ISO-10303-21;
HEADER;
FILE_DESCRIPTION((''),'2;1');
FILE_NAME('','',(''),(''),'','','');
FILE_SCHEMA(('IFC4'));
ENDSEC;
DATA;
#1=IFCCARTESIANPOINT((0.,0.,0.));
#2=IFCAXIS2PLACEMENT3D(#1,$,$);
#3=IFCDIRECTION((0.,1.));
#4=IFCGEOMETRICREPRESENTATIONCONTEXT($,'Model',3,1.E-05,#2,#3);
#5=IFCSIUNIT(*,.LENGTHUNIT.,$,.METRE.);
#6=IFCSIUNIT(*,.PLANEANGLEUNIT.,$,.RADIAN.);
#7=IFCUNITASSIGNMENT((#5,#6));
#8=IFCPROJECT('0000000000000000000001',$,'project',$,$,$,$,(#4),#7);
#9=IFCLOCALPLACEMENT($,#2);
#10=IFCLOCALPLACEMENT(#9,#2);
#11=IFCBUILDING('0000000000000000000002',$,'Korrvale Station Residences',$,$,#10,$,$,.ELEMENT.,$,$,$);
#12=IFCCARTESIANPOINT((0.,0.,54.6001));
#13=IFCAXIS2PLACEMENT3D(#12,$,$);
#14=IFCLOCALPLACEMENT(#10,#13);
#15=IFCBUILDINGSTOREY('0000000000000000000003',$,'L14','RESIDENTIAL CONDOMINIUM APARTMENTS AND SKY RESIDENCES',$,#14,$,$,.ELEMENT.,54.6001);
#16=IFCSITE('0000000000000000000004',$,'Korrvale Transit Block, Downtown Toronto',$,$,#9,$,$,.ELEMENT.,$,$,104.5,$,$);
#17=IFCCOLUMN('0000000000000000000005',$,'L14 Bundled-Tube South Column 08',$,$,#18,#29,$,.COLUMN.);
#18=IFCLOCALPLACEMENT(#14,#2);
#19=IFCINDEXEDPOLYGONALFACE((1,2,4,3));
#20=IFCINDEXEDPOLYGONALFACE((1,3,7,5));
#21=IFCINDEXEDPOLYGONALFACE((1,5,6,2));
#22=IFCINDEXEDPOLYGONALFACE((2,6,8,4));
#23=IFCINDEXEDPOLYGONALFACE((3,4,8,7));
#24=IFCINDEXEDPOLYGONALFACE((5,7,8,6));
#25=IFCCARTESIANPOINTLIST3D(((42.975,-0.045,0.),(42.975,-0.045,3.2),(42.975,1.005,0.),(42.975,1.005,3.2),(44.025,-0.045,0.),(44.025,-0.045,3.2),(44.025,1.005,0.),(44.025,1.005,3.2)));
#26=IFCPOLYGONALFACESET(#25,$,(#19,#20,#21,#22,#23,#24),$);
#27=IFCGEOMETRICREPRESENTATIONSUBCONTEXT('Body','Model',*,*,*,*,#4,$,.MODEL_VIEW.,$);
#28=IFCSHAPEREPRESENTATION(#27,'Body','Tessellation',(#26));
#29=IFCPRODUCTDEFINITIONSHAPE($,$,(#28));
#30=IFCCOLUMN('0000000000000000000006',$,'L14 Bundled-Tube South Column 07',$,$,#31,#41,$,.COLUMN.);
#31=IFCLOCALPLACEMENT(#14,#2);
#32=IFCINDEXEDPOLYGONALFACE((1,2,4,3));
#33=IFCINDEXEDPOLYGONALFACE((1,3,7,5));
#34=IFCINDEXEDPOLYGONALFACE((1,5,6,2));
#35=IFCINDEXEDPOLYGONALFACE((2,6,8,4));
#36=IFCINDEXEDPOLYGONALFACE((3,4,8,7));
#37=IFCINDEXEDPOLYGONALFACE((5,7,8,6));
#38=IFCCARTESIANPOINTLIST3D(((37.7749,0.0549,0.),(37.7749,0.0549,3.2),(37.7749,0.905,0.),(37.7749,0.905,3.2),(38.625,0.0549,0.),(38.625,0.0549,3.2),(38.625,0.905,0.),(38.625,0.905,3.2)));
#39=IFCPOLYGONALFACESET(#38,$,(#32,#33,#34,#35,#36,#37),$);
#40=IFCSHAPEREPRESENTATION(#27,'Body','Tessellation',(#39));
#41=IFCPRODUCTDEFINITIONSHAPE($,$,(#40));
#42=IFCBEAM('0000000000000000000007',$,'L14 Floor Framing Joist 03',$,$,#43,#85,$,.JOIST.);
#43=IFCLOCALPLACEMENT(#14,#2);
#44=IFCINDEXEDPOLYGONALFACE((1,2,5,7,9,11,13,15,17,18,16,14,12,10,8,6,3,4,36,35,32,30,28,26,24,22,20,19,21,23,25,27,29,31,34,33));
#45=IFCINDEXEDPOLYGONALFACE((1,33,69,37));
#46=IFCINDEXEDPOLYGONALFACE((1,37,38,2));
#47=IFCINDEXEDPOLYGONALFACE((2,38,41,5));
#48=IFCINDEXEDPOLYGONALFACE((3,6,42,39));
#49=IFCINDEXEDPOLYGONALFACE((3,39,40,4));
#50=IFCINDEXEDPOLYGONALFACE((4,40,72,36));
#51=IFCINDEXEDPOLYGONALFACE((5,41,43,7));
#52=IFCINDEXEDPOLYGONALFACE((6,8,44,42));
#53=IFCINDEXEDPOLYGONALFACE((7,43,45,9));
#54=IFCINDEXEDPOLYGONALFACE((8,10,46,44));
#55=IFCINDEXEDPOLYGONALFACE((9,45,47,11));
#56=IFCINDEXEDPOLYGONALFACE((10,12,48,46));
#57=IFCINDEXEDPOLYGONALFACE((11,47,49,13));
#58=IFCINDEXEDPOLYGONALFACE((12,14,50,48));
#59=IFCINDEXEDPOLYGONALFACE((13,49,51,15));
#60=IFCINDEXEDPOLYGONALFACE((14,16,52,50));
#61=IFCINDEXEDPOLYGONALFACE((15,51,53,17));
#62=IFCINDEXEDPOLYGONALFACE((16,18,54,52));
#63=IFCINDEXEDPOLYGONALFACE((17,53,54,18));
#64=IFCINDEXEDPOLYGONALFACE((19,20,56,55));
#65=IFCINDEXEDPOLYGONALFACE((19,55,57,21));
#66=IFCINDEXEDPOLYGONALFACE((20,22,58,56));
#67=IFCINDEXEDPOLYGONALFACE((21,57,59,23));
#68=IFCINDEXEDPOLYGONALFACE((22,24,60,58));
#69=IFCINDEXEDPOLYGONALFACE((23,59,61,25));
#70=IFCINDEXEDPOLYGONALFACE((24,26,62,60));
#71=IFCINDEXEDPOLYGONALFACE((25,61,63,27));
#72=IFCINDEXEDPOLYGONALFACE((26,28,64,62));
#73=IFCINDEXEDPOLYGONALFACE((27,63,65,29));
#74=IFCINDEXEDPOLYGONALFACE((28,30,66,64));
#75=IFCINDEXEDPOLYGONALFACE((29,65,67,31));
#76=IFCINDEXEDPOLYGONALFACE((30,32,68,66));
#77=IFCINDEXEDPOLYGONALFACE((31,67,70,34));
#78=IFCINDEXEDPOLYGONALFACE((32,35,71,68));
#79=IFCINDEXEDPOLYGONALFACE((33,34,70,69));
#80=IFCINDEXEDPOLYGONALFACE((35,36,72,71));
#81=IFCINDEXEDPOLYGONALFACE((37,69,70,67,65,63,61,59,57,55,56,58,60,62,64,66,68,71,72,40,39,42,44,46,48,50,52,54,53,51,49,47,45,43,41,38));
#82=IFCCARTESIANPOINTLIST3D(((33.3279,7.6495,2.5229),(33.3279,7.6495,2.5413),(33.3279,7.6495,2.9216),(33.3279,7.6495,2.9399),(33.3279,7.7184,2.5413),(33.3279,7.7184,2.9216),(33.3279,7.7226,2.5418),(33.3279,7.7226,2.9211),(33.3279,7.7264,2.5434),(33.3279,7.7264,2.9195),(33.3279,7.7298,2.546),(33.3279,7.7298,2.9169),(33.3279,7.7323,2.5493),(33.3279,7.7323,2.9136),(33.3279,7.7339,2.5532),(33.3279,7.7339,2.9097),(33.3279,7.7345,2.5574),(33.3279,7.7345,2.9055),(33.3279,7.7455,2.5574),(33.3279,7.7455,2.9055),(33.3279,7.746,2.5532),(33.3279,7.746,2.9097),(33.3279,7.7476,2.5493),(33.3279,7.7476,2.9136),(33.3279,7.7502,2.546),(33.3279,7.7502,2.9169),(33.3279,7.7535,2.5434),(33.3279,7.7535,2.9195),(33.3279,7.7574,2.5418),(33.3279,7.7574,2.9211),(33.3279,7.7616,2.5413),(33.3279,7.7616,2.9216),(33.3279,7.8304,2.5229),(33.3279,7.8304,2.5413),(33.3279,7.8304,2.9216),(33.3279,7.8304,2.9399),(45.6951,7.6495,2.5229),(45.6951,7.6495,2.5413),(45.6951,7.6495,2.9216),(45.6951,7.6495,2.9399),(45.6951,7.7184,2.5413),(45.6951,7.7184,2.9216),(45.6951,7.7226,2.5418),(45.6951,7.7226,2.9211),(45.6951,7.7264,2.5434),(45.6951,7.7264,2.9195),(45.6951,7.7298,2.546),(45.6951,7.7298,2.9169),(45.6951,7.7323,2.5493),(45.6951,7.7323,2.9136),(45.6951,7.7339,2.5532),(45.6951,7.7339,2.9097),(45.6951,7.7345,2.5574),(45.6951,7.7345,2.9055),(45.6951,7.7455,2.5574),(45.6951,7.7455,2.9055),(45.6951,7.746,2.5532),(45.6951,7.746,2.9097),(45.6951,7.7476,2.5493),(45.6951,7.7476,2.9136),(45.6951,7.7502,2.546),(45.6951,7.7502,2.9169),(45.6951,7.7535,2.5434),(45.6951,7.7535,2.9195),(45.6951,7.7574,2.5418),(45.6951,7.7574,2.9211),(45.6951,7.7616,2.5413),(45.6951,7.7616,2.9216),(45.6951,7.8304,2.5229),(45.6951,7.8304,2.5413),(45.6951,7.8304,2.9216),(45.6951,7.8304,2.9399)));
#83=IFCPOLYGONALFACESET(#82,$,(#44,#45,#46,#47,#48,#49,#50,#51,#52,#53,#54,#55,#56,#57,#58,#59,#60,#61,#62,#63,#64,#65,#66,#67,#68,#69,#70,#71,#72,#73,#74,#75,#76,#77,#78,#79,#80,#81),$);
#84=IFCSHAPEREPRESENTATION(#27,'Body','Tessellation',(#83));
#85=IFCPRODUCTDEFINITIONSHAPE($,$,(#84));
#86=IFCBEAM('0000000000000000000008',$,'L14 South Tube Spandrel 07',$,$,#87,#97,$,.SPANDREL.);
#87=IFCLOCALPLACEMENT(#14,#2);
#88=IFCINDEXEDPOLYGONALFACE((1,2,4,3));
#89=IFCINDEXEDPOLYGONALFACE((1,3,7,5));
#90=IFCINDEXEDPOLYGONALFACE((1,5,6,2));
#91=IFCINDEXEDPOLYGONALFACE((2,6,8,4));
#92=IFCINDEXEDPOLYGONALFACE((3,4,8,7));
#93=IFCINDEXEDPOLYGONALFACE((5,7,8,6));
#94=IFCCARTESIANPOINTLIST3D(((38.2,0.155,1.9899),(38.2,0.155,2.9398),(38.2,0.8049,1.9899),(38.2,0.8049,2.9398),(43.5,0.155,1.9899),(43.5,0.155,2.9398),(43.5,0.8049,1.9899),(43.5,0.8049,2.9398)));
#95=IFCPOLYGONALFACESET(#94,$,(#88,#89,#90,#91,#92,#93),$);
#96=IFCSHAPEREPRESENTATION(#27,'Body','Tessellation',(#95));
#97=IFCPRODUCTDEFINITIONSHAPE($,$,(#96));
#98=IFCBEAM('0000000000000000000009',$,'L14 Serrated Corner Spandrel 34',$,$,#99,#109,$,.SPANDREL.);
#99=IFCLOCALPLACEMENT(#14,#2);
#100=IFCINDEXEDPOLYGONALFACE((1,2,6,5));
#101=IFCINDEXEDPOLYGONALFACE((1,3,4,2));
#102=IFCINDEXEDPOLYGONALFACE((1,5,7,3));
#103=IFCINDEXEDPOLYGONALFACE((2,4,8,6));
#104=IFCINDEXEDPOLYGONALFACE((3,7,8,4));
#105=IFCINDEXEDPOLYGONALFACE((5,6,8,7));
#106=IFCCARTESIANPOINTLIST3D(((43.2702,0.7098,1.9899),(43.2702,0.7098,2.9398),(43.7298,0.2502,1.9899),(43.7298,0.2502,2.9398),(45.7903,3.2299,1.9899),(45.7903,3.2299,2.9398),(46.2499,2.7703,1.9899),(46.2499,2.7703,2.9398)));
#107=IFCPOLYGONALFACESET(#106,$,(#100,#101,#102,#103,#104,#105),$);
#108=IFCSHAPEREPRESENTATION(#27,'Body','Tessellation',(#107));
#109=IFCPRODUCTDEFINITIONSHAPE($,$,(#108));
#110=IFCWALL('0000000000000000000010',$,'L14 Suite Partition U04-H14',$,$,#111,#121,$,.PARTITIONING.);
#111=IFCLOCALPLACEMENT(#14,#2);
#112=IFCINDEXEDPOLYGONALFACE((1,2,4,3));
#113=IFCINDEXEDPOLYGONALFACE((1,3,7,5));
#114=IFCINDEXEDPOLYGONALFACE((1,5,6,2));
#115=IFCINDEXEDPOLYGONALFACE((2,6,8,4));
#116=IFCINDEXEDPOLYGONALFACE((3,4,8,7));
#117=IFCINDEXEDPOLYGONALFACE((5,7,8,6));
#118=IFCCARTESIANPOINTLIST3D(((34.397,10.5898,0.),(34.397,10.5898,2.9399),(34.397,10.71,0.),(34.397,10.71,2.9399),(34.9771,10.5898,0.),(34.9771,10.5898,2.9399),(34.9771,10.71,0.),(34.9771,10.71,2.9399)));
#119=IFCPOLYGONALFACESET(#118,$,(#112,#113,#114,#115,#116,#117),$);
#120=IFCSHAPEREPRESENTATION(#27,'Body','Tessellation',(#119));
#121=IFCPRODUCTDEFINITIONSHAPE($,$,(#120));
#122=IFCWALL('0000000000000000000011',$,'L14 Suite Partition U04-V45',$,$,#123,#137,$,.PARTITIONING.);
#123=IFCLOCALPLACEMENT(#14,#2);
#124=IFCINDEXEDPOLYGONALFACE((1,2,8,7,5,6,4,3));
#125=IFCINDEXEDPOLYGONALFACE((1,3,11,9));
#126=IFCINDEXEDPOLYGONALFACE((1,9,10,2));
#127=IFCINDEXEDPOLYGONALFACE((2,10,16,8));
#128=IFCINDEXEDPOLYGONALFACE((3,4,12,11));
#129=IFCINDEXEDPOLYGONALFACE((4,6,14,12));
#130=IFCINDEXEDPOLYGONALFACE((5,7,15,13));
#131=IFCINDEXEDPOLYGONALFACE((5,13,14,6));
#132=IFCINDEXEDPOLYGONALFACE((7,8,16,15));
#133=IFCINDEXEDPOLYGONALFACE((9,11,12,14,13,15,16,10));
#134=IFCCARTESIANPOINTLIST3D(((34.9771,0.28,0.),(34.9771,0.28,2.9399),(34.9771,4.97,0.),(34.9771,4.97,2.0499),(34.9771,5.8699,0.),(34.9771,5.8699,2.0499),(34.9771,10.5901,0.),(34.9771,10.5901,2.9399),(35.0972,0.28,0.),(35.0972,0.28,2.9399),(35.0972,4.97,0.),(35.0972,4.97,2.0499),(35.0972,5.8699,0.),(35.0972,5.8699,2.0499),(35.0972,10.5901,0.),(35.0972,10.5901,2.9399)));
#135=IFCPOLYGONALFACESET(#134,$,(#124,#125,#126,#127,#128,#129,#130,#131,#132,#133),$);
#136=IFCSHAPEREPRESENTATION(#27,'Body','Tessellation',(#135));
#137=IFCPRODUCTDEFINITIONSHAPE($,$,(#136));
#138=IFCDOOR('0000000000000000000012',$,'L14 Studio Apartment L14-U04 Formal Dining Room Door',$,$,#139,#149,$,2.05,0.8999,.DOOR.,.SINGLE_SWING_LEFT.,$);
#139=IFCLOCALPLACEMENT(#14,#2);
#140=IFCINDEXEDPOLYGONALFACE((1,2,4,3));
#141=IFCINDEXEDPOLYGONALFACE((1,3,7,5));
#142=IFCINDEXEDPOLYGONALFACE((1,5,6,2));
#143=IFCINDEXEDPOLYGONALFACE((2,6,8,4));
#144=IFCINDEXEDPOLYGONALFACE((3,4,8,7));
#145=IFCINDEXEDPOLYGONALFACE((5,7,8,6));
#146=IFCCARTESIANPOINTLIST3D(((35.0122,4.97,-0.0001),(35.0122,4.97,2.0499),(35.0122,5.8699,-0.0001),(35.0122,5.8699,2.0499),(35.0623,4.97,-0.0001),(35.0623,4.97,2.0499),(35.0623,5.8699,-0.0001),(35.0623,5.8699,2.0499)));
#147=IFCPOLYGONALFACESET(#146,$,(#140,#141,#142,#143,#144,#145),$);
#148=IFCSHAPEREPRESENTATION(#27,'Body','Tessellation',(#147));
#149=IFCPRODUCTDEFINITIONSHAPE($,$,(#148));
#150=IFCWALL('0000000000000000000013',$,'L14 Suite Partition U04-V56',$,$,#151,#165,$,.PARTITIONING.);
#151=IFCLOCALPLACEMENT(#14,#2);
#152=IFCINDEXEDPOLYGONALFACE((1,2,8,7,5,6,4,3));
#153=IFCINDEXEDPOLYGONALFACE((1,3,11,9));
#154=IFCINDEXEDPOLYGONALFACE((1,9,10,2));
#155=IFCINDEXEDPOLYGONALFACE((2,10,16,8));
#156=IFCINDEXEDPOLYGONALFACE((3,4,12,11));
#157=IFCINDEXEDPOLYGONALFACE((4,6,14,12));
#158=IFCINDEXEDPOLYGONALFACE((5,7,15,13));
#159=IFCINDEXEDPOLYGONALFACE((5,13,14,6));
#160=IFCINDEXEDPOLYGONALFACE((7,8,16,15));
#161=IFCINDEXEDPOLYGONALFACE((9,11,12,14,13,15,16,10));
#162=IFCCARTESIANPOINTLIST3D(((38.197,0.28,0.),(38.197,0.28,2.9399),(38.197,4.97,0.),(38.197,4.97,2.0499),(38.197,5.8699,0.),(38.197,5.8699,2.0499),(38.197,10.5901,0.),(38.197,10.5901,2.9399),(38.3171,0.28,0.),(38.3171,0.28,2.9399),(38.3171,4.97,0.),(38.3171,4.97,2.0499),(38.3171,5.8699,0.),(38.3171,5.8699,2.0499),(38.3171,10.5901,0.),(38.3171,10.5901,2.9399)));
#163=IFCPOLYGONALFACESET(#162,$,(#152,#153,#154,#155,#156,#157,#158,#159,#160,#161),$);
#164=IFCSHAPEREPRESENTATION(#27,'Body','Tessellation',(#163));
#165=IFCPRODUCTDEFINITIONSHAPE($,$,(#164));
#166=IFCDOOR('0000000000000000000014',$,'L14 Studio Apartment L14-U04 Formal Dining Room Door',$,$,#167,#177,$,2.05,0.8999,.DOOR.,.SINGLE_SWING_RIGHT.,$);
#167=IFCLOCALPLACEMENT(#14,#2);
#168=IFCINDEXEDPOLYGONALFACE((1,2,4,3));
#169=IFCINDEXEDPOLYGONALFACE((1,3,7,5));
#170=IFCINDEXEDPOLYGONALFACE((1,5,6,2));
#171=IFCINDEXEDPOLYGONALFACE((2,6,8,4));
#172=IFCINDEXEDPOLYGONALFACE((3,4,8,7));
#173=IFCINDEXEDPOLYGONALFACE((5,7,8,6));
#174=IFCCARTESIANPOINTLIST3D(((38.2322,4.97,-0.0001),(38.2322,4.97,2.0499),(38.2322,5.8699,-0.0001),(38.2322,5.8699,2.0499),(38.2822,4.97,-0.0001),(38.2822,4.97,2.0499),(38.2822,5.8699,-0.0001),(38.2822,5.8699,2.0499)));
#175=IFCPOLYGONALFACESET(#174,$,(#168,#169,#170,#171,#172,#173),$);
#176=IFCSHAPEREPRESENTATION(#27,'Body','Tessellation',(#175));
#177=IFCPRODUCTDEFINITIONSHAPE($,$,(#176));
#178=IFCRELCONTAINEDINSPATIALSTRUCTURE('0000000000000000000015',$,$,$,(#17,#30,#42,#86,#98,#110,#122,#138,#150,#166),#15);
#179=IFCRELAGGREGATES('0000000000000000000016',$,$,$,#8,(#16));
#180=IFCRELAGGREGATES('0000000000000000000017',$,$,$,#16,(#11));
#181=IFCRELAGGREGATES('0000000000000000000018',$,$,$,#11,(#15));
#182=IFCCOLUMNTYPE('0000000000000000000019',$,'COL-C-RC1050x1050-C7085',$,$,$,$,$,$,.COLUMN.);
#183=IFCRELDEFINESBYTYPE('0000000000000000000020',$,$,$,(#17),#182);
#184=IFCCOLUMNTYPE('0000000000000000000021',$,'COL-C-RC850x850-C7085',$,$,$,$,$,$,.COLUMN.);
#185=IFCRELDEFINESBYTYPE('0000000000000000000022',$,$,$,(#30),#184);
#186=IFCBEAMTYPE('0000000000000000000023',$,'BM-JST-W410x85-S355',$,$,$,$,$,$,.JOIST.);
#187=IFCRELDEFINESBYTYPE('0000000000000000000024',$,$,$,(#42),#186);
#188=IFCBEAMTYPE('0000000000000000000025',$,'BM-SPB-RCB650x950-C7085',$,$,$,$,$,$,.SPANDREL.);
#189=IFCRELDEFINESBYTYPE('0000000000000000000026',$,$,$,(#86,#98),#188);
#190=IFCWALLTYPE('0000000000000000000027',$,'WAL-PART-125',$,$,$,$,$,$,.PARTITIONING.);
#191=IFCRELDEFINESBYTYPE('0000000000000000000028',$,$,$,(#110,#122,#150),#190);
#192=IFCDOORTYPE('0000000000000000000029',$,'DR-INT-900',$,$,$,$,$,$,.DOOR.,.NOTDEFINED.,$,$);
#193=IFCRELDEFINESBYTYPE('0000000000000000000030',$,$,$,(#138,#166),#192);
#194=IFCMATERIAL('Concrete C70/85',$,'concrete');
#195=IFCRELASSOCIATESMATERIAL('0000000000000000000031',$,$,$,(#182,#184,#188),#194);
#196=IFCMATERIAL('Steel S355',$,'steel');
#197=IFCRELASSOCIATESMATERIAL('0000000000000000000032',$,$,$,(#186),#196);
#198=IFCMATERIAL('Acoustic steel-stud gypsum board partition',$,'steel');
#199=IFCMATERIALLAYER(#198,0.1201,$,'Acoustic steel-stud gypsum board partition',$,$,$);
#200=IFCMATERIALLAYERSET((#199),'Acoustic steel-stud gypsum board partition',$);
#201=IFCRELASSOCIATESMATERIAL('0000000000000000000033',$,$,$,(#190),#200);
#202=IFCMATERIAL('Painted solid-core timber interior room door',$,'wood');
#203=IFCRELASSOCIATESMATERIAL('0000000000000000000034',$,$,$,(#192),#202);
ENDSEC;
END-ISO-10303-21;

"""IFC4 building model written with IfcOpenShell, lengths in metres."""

from ifc_helpers import new_model, si_unit, direction, frame, frame_2d, origin, origin_2d, place, context, subcontext, project, spatial, rectangle, i_section, extrude, material, layer, layer_set, material_profile, profile_set, type_object, element, fill, save


model = new_model("IFC4")

# Units and contexts
model_context = context("Model", 3, precision=1e-05, world=origin(), true_north=direction((0.0, 1.0)))
body_context = subcontext(model_context, "Body", "Model", "MODEL_VIEW")
ifc_project = project(units=[si_unit("LENGTHUNIT", "METRE"), si_unit("PLANEANGLEUNIT", "RADIAN")], contexts=[model_context])

# Site, building, storey
site_placement = place(None, origin())
site = spatial("IfcSite", under=ifc_project, at=site_placement, Name="Korrvale Transit Block, Downtown Toronto", CompositionType="ELEMENT", RefElevation=104.5)
building_placement = place(site_placement, origin())
building = spatial("IfcBuilding", under=site, at=building_placement, Name="Korrvale Station Residences", CompositionType="ELEMENT")
storey_placement = place(building_placement, frame((0.0, 0.0, 54.6001)))
storey = spatial("IfcBuildingStorey", under=building, at=storey_placement, Name="L14", Description="RESIDENTIAL CONDOMINIUM APARTMENTS AND SKY RESIDENCES", CompositionType="ELEMENT", Elevation=54.6001)

# Columns
ifc_material_1 = material(Name="Concrete C70/85", Category="concrete")
ifc_material_profile_1 = material_profile(ifc_material_1, rectangle(XDim=1.05, YDim=1.05, at=origin_2d()), Name="RC1050x1050")
ifc_profile_set_1 = profile_set([ifc_material_profile_1], Name="Concrete C70/85")
column_type_1 = type_object("IfcColumnType", Name="COL-C-RC1050x1050-C7085", PredefinedType="COLUMN", material=ifc_profile_set_1)
column_1_placement = place(storey_placement, frame((43.5, 0.48, 0.0), z_axis=(0.0, 0.0, 1.0), x_axis=(1.0, 0.0, 0.0)))
element("IfcColumn", 1, at=column_1_placement, inside=storey, type_object=column_type_1, Name="L14 Bundled-Tube South Column 08", PredefinedType="COLUMN", context=body_context, shape_type="SweptSolid", body=[
    extrude(rectangle(XDim=1.05, YDim=1.05, at=origin_2d()), origin(), (0.0, 0.0, 1.0), 3.2),
])
ifc_material_profile_2 = material_profile(ifc_material_1, rectangle(XDim=0.8501, YDim=0.8501, at=origin_2d()), Name="RC850x850")
ifc_profile_set_2 = profile_set([ifc_material_profile_2], Name="Concrete C70/85")
column_type_2 = type_object("IfcColumnType", Name="COL-C-RC850x850-C7085", PredefinedType="COLUMN", material=ifc_profile_set_2)
column_2_placement = place(storey_placement, frame((38.2, 0.48, 0.0), z_axis=(0.0, 0.0, 1.0), x_axis=(1.0, 0.0, 0.0)))
element("IfcColumn", 2, at=column_2_placement, inside=storey, type_object=column_type_2, Name="L14 Bundled-Tube South Column 07", PredefinedType="COLUMN", context=body_context, shape_type="SweptSolid", body=[
    extrude(rectangle(XDim=0.8501, YDim=0.8501, at=origin_2d()), origin(), (0.0, 0.0, 1.0), 3.2),
])

# Beams
ifc_material_2 = material(Name="Steel S355", Category="steel")
ifc_material_profile_3 = material_profile(ifc_material_2, i_section(OverallWidth=0.1809, OverallDepth=0.417, WebThickness=0.011, FlangeThickness=0.0183, FilletRadius=0.0161, at=origin_2d()), Name="W410x85")
ifc_profile_set_3 = profile_set([ifc_material_profile_3], Name="Steel S355")
beam_type_1 = type_object("IfcBeamType", Name="BM-JST-W410x85-S355", PredefinedType="JOIST", material=ifc_profile_set_3)
beam_1_placement = place(storey_placement, frame((33.3279, 7.74, 2.7314), z_axis=(1.0, 0.0, 0.0), x_axis=(0.0, 1.0, 0.0)))
element("IfcBeam", 3, at=beam_1_placement, inside=storey, type_object=beam_type_1, Name="L14 Floor Framing Joist 03", PredefinedType="JOIST", context=body_context, shape_type="SweptSolid", body=[
    extrude(i_section(OverallWidth=0.1809, OverallDepth=0.417, WebThickness=0.011, FlangeThickness=0.0183, FilletRadius=0.0161, at=origin_2d()), origin(), (0.0, 0.0, 1.0), 12.3672),
])
ifc_material_profile_4 = material_profile(ifc_material_1, rectangle(XDim=0.6499, YDim=0.95, at=origin_2d()), Name="RCB650x950")
ifc_profile_set_4 = profile_set([ifc_material_profile_4], Name="Concrete C70/85")
beam_type_2 = type_object("IfcBeamType", Name="BM-SPB-RCB650x950-C7085", PredefinedType="SPANDREL", material=ifc_profile_set_4)
beam_2_placement = place(storey_placement, frame((38.2, 0.48, 2.4648), z_axis=(1.0, 0.0, 0.0), x_axis=(0.0, 1.0, 0.0)))
element("IfcBeam", 4, at=beam_2_placement, inside=storey, type_object=beam_type_2, Name="L14 South Tube Spandrel 07", PredefinedType="SPANDREL", context=body_context, shape_type="SweptSolid", body=[
    extrude(rectangle(XDim=0.6499, YDim=0.95, at=origin_2d()), origin(), (0.0, 0.0, 1.0), 5.3),
])
beam_3_placement = place(storey_placement, frame((43.5, 0.48, 2.4648), z_axis=(0.707107, 0.707107, 0.0), x_axis=(-0.707107, 0.707107, 0.0)))
element("IfcBeam", 5, at=beam_3_placement, inside=storey, type_object=beam_type_2, Name="L14 Serrated Corner Spandrel 34", PredefinedType="SPANDREL", context=body_context, shape_type="SweptSolid", body=[
    extrude(rectangle(XDim=0.6499, YDim=0.95, at=origin_2d()), origin(), (0.0, 0.0, 1.0), 3.564),
])

# Wall
ifc_material_3 = material(Name="Acoustic steel-stud gypsum board partition", Category="steel")
ifc_layer_1 = layer(ifc_material_3, 0.1201, Name="Acoustic steel-stud gypsum board partition")
ifc_layer_set_1 = layer_set([ifc_layer_1], Name="Acoustic steel-stud gypsum board partition")
wall_type = type_object("IfcWallType", Name="WAL-PART-125", PredefinedType="PARTITIONING", material=ifc_layer_set_1)
wall_1_placement = place(storey_placement, frame((34.397, 10.6499, 0.0), z_axis=(0.0, 0.0, 1.0), x_axis=(1.0, 0.0, 0.0)))
element("IfcWall", 6, at=wall_1_placement, inside=storey, type_object=wall_type, Name="L14 Suite Partition U04-H14", PredefinedType="PARTITIONING", context=body_context, shape_type="SweptSolid", body=[
    extrude(rectangle(XDim=0.5801, YDim=0.1201, at=frame_2d((0.29, 0.0))), origin(), (0.0, 0.0, 1.0), 2.9399),
])

# Walls, openings, doors
wall_2_placement = place(storey_placement, frame((35.0371, 0.28, 0.0), z_axis=(0.0, 0.0, 1.0), x_axis=(0.0, 1.0, 0.0)))
wall_2 = element("IfcWall", 7, at=wall_2_placement, inside=storey, type_object=wall_type, Name="L14 Suite Partition U04-V45", PredefinedType="PARTITIONING", context=body_context, shape_type="SweptSolid", body=[
    extrude(rectangle(XDim=10.3101, YDim=0.1201, at=frame_2d((5.155, 0.0))), origin(), (0.0, 0.0, 1.0), 2.9399),
])
opening_1_placement = place(wall_2_placement, frame((4.6899, 0.0, 0.0)))
opening_1 = element("IfcOpeningElement", 8, at=opening_1_placement, cuts=wall_2, PredefinedType="OPENING", context=body_context, shape_type="SweptSolid", body=[
    extrude(rectangle(XDim=0.8999, YDim=2.05, at=frame_2d((0.45, 1.0249))), frame((0.0, 0.0701, 0.0), z_axis=(0.0, -1.0, 0.0), x_axis=(1.0, 0.0, 0.0)), (0.0, 0.0, 1.0), 0.1401),
])
ifc_material_4 = material(Name="Painted solid-core timber interior room door", Category="wood")
door_type = type_object("IfcDoorType", Name="DR-INT-900", OperationType="NOTDEFINED", PredefinedType="DOOR", material=ifc_material_4)
door_1_placement = place(opening_1_placement, origin())
door_1 = element("IfcDoor", 9, at=door_1_placement, inside=storey, type_object=door_type, Name="L14 Studio Apartment L14-U04 Formal Dining Room Door", OperationType="SINGLE_SWING_LEFT", OverallHeight=2.05, OverallWidth=0.8999, PredefinedType="DOOR", context=body_context, shape_type="SweptSolid", body=[
    extrude(rectangle(XDim=0.8999, YDim=2.05, at=frame_2d((0.45, 1.0249))), frame((0.0, 0.0249, 0.0), z_axis=(0.0, -1.0, 0.0), x_axis=(1.0, 0.0, 0.0)), (0.0, 0.0, 1.0), 0.05),
])
fill(opening_1, door_1)
wall_3_placement = place(storey_placement, frame((38.2571, 0.28, 0.0), z_axis=(0.0, 0.0, 1.0), x_axis=(0.0, 1.0, 0.0)))
wall_3 = element("IfcWall", 10, at=wall_3_placement, inside=storey, type_object=wall_type, Name="L14 Suite Partition U04-V56", PredefinedType="PARTITIONING", context=body_context, shape_type="SweptSolid", body=[
    extrude(rectangle(XDim=10.3101, YDim=0.1201, at=frame_2d((5.155, 0.0))), origin(), (0.0, 0.0, 1.0), 2.9399),
])
opening_2_placement = place(wall_3_placement, frame((4.6899, 0.0, 0.0)))
opening_2 = element("IfcOpeningElement", 11, at=opening_2_placement, cuts=wall_3, PredefinedType="OPENING", context=body_context, shape_type="SweptSolid", body=[
    extrude(rectangle(XDim=0.8999, YDim=2.05, at=frame_2d((0.45, 1.0249))), frame((0.0, 0.0701, 0.0), z_axis=(0.0, -1.0, 0.0), x_axis=(1.0, 0.0, 0.0)), (0.0, 0.0, 1.0), 0.1401),
])
door_2_placement = place(opening_2_placement, origin())
door_2 = element("IfcDoor", 12, at=door_2_placement, inside=storey, type_object=door_type, Name="L14 Studio Apartment L14-U04 Formal Dining Room Door", OperationType="SINGLE_SWING_RIGHT", OverallHeight=2.05, OverallWidth=0.8999, PredefinedType="DOOR", context=body_context, shape_type="SweptSolid", body=[
    extrude(rectangle(XDim=0.8999, YDim=2.05, at=frame_2d((0.45, 1.0249))), frame((0.0, 0.0249, 0.0), z_axis=(0.0, -1.0, 0.0), x_axis=(1.0, 0.0, 0.0)), (0.0, 0.0, 1.0), 0.05),
])
fill(opening_2, door_2)

save(model, "model.ifc")
